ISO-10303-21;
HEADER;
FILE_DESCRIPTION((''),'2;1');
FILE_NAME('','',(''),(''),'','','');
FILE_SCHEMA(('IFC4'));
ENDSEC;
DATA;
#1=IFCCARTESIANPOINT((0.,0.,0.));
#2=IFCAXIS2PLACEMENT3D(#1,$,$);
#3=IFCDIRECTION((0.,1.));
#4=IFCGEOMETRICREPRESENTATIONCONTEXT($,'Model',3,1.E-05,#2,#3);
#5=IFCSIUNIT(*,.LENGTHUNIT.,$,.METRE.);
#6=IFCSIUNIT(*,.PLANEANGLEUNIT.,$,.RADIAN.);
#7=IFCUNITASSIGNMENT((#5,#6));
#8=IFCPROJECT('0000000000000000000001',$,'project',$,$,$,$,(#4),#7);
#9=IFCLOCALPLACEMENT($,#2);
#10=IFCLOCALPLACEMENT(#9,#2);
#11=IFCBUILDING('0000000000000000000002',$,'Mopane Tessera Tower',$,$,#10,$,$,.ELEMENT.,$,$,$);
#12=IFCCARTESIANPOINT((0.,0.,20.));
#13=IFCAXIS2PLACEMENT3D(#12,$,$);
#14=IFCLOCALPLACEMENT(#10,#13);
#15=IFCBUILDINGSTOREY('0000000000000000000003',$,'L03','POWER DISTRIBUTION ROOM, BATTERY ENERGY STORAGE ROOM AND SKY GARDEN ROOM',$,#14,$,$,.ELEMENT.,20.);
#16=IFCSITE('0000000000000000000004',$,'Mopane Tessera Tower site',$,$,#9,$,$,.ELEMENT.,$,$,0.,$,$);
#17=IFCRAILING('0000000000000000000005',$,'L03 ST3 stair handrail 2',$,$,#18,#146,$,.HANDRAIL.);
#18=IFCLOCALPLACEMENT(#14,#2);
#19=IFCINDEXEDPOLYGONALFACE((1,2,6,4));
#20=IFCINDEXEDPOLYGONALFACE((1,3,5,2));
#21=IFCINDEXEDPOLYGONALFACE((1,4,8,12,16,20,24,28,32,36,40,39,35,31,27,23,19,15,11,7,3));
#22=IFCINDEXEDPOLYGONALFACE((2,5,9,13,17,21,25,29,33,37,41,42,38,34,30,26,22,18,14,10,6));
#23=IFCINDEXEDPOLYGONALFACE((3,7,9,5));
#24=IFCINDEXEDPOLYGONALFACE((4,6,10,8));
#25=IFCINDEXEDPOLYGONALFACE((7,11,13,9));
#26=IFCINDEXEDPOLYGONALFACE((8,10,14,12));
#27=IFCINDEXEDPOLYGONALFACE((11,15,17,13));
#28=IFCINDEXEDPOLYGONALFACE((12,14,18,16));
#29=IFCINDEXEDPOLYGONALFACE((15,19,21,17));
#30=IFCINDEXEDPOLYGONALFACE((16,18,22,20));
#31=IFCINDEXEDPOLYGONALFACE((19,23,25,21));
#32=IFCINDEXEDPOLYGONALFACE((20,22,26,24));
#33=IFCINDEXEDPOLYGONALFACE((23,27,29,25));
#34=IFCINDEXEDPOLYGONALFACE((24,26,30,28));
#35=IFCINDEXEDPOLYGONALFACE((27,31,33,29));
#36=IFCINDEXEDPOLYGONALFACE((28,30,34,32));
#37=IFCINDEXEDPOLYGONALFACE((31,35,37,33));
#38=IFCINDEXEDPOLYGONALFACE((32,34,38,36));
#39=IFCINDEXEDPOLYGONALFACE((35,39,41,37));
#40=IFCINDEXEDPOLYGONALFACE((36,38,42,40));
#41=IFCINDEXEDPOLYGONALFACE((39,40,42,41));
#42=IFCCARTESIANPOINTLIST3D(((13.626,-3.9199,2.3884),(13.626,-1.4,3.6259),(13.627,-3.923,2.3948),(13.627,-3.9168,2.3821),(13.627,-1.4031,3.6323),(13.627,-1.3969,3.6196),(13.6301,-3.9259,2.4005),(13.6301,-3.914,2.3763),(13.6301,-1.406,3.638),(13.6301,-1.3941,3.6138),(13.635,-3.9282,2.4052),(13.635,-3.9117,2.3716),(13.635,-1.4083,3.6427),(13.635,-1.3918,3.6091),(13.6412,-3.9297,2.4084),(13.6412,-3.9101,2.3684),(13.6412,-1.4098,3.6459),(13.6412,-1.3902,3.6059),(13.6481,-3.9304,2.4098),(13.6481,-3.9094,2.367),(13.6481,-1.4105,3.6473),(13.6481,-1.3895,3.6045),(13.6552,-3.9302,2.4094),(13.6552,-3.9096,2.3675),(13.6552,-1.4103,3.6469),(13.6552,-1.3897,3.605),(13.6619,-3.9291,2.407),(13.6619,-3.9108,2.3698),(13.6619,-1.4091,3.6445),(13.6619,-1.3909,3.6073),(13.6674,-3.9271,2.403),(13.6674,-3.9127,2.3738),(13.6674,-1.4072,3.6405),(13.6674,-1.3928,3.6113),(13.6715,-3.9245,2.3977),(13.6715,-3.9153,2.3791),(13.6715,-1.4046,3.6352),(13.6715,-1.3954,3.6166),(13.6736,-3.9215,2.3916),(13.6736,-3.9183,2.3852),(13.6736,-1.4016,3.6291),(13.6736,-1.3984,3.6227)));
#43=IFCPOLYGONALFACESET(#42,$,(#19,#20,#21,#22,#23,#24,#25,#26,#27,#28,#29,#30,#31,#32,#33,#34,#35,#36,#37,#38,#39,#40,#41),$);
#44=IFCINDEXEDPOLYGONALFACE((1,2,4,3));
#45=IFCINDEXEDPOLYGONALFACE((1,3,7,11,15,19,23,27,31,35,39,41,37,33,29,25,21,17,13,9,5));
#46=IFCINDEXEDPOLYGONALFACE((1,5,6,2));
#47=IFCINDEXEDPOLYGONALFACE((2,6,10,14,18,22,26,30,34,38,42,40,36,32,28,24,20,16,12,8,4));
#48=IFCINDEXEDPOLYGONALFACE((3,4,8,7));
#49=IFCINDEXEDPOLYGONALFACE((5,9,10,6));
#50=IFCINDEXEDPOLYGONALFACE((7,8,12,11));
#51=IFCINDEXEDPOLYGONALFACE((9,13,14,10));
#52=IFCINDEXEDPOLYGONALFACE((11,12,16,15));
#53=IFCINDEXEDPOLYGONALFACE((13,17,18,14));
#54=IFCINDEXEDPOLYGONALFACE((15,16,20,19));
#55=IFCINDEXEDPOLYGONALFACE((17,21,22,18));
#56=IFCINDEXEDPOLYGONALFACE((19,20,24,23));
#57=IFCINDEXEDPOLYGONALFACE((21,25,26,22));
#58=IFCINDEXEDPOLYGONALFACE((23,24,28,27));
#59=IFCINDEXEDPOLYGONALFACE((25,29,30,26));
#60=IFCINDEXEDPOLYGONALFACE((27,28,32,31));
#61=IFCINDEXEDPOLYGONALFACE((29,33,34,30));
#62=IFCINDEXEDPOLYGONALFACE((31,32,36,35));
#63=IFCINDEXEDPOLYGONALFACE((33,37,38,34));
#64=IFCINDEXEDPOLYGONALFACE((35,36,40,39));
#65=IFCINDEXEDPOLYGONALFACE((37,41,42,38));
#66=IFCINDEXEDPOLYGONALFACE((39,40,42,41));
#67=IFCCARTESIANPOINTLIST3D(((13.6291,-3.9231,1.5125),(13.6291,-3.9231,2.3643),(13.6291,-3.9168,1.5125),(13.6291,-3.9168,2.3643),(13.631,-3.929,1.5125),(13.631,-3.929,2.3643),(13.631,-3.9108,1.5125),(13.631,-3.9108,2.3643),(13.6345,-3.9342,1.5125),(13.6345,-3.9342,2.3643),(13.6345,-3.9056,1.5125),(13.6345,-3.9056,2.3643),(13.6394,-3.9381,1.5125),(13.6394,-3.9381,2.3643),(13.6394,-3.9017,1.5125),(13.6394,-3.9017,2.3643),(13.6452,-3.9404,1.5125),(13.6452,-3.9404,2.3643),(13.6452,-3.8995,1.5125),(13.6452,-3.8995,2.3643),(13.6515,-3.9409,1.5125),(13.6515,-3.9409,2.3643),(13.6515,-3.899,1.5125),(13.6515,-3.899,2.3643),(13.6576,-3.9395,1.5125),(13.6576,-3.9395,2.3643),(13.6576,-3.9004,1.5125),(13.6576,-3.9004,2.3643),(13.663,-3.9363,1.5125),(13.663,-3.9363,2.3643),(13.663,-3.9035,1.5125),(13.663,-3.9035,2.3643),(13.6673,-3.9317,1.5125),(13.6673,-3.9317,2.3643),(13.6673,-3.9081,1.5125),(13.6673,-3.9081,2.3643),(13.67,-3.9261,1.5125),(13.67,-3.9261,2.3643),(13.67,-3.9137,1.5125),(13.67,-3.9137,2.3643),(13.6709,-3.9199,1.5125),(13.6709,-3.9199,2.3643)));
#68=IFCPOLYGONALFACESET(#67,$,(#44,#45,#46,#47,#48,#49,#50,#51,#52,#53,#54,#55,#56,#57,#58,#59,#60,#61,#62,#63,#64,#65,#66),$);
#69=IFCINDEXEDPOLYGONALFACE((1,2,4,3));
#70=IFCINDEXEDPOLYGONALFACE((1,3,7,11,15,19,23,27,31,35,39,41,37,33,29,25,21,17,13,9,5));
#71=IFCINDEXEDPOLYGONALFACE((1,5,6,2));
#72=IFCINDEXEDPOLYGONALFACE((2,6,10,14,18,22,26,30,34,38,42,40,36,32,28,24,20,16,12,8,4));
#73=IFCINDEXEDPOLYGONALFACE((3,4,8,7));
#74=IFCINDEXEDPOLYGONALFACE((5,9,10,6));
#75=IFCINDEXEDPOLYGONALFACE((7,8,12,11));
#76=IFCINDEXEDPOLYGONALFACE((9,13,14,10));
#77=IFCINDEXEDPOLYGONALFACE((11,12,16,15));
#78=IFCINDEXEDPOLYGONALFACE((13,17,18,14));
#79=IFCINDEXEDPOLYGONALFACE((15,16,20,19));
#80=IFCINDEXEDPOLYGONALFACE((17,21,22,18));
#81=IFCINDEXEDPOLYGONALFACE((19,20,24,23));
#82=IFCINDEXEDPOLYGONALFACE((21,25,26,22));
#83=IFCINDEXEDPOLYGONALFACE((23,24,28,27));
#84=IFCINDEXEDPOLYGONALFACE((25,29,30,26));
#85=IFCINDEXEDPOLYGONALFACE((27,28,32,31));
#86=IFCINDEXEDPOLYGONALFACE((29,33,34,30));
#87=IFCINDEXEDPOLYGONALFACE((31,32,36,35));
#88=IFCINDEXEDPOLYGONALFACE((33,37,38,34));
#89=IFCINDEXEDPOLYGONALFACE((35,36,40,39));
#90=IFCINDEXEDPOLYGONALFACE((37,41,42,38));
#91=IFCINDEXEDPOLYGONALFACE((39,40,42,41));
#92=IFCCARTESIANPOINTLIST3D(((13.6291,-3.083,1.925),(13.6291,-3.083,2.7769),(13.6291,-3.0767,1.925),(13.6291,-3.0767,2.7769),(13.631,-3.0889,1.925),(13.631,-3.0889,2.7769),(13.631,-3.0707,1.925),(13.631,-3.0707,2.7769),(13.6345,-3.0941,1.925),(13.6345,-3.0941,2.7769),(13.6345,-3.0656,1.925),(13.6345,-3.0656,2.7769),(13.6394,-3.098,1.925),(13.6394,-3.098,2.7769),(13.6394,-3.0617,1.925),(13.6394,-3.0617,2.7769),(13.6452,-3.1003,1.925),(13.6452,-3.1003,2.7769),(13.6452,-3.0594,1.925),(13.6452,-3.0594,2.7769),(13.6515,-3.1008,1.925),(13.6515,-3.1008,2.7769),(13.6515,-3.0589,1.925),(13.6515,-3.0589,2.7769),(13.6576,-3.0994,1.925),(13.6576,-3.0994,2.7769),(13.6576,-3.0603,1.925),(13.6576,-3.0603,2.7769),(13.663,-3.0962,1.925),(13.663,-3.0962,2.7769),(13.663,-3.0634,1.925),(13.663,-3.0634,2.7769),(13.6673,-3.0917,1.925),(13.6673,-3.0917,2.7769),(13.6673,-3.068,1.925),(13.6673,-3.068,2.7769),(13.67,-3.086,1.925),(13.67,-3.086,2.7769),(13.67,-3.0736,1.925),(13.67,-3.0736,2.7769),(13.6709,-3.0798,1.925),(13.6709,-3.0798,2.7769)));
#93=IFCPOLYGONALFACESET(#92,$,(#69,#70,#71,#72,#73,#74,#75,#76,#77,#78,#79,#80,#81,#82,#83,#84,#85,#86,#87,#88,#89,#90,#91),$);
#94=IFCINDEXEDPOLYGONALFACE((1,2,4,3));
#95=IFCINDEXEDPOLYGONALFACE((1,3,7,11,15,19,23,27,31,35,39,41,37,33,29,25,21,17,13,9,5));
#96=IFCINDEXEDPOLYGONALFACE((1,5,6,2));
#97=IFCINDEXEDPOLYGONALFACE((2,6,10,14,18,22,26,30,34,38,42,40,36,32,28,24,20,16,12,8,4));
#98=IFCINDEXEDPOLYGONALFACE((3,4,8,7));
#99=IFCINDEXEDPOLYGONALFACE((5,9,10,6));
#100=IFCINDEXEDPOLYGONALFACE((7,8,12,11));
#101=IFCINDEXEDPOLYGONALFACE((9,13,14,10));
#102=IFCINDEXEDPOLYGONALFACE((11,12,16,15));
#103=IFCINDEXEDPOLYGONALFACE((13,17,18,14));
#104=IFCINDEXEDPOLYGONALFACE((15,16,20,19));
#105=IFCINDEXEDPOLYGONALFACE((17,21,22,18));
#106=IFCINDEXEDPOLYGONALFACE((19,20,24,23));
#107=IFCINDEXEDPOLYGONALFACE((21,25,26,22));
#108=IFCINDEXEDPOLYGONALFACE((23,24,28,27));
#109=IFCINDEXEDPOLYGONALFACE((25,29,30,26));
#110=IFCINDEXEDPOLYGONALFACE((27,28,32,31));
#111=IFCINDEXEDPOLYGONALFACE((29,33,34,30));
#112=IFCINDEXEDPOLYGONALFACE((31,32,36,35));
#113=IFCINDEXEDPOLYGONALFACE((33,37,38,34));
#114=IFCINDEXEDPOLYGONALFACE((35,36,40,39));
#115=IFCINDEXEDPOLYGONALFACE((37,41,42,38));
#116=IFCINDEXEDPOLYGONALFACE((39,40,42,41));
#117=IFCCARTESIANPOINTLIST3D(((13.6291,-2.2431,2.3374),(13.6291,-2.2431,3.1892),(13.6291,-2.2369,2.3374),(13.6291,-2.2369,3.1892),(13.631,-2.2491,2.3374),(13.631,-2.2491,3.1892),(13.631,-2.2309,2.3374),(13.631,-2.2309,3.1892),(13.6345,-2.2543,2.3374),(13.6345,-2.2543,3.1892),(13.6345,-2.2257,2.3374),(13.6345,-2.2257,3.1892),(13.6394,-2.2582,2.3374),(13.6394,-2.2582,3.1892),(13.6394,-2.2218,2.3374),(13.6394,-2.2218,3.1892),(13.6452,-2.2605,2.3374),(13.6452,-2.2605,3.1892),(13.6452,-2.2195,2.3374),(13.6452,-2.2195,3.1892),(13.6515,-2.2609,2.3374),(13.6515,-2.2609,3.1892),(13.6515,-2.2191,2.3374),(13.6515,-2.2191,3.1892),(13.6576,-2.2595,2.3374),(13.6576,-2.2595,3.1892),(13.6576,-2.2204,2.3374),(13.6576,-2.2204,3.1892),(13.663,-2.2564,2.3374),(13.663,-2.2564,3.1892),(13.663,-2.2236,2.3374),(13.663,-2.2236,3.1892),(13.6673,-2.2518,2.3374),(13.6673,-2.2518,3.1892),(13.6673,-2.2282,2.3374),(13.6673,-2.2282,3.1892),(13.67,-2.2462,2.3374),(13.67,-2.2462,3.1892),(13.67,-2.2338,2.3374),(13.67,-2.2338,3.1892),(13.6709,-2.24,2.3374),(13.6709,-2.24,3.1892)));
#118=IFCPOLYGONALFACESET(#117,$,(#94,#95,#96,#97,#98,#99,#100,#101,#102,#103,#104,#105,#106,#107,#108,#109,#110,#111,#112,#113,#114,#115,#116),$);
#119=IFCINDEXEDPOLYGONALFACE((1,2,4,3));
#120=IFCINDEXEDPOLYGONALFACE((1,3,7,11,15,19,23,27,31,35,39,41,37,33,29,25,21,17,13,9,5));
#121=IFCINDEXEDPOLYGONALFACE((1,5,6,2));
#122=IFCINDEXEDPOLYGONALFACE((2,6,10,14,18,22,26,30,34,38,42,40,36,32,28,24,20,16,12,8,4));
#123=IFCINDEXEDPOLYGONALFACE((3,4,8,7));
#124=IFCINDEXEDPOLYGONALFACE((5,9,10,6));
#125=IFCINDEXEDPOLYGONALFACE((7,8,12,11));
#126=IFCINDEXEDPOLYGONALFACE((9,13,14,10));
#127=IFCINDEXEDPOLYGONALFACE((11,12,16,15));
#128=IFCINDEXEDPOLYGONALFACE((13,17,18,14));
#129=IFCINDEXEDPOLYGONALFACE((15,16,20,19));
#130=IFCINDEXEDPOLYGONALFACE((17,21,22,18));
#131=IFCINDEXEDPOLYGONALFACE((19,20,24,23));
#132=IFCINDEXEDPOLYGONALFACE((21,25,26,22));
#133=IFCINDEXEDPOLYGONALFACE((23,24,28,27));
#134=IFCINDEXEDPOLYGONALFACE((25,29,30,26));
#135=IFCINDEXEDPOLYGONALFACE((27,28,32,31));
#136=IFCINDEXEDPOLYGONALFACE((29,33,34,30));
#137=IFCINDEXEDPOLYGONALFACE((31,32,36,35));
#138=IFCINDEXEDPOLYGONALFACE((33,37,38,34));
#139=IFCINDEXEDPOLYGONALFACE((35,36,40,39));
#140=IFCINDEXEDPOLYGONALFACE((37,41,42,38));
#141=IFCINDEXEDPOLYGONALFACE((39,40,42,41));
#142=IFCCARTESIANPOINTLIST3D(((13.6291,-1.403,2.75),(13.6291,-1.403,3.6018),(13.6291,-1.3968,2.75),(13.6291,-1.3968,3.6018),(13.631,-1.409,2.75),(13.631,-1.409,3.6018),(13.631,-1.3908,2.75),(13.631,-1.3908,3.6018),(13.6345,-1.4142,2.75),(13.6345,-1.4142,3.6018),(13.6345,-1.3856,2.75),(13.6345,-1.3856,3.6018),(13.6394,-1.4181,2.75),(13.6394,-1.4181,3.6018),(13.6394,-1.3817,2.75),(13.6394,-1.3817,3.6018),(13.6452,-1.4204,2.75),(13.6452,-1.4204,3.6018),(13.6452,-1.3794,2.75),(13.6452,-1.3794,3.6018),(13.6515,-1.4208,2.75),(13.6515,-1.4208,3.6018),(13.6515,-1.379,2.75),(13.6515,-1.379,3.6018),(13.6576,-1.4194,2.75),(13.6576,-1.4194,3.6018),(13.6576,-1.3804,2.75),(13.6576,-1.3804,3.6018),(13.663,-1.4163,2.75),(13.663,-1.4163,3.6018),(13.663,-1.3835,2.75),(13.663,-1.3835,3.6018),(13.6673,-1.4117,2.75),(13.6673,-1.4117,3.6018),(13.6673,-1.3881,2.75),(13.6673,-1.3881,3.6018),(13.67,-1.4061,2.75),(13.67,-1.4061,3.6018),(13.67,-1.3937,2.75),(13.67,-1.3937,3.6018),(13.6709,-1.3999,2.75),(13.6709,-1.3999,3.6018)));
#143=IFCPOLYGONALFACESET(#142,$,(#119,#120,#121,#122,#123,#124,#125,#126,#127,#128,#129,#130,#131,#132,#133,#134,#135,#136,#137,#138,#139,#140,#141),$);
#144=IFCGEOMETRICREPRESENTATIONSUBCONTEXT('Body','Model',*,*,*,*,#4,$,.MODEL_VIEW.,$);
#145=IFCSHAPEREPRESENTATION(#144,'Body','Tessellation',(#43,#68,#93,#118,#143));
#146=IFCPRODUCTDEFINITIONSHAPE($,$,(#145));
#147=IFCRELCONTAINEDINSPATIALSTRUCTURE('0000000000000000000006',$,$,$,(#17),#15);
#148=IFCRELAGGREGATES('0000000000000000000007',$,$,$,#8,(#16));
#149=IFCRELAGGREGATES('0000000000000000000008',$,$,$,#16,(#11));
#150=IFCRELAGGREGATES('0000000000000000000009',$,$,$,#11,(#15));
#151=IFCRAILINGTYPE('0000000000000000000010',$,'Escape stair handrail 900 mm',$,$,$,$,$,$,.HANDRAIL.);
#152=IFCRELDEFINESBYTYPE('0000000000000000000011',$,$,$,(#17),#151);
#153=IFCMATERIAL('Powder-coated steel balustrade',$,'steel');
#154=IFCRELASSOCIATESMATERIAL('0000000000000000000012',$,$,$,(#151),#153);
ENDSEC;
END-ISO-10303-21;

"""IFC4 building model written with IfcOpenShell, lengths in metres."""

from ifc_helpers import new_model, si_unit, direction, frame, origin, origin_2d, place, context, subcontext, project, spatial, circle, extrude, material, type_object, element, save


model = new_model("IFC4")

# Units and contexts
model_context = context("Model", 3, precision=1e-05, world=origin(), true_north=direction((0.0, 1.0)))
body_context = subcontext(model_context, "Body", "Model", "MODEL_VIEW")
ifc_project = project(units=[si_unit("LENGTHUNIT", "METRE"), si_unit("PLANEANGLEUNIT", "RADIAN")], contexts=[model_context])

# Site, building, storey
site_placement = place(None, origin())
site = spatial("IfcSite", under=ifc_project, at=site_placement, Name="Mopane Tessera Tower site", CompositionType="ELEMENT", RefElevation=0.0)
building_placement = place(site_placement, origin())
building = spatial("IfcBuilding", under=site, at=building_placement, Name="Mopane Tessera Tower", CompositionType="ELEMENT")
storey_placement = place(building_placement, frame((0.0, 0.0, 20.0)))
storey = spatial("IfcBuildingStorey", under=building, at=storey_placement, Name="L03", Description="POWER DISTRIBUTION ROOM, BATTERY ENERGY STORAGE ROOM AND SKY GARDEN ROOM", CompositionType="ELEMENT", Elevation=20.0)

# Railing
ifc_material_1 = material(Name="Powder-coated steel balustrade", Category="steel")
railing_type_1 = type_object("IfcRailingType", Name="Escape stair handrail 900 mm", PredefinedType="HANDRAIL", material=ifc_material_1)
railing_1_placement = place(storey_placement, frame((13.6499, -3.9199, 1.5125)))
element("IfcRailing", 1, at=railing_1_placement, inside=storey, type_object=railing_type_1, Name="L03 ST3 stair handrail 2", PredefinedType="HANDRAIL", context=body_context, shape_type="SweptSolid", body=[
    extrude(circle(Radius=0.0239, at=origin_2d()), frame((0.0, 0.0, 0.876), z_axis=(0.0, 0.897604, 0.440802), x_axis=(-1.0, 0.0, 0.0)), (0.0, 0.0, 1.0), 2.8074),
    extrude(circle(Radius=0.021, at=origin_2d()), origin(), (0.0, 0.0, 1.0), 0.8518),
    extrude(circle(Radius=0.021, at=origin_2d()), frame((0.0, 0.8401, 0.4126)), (0.0, 0.0, 1.0), 0.8518),
    extrude(circle(Radius=0.021, at=origin_2d()), frame((0.0, 1.6799, 0.825)), (0.0, 0.0, 1.0), 0.8518),
    extrude(circle(Radius=0.021, at=origin_2d()), frame((0.0, 2.52, 1.2375)), (0.0, 0.0, 1.0), 0.8518),
])

save(model, "model.ifc")
